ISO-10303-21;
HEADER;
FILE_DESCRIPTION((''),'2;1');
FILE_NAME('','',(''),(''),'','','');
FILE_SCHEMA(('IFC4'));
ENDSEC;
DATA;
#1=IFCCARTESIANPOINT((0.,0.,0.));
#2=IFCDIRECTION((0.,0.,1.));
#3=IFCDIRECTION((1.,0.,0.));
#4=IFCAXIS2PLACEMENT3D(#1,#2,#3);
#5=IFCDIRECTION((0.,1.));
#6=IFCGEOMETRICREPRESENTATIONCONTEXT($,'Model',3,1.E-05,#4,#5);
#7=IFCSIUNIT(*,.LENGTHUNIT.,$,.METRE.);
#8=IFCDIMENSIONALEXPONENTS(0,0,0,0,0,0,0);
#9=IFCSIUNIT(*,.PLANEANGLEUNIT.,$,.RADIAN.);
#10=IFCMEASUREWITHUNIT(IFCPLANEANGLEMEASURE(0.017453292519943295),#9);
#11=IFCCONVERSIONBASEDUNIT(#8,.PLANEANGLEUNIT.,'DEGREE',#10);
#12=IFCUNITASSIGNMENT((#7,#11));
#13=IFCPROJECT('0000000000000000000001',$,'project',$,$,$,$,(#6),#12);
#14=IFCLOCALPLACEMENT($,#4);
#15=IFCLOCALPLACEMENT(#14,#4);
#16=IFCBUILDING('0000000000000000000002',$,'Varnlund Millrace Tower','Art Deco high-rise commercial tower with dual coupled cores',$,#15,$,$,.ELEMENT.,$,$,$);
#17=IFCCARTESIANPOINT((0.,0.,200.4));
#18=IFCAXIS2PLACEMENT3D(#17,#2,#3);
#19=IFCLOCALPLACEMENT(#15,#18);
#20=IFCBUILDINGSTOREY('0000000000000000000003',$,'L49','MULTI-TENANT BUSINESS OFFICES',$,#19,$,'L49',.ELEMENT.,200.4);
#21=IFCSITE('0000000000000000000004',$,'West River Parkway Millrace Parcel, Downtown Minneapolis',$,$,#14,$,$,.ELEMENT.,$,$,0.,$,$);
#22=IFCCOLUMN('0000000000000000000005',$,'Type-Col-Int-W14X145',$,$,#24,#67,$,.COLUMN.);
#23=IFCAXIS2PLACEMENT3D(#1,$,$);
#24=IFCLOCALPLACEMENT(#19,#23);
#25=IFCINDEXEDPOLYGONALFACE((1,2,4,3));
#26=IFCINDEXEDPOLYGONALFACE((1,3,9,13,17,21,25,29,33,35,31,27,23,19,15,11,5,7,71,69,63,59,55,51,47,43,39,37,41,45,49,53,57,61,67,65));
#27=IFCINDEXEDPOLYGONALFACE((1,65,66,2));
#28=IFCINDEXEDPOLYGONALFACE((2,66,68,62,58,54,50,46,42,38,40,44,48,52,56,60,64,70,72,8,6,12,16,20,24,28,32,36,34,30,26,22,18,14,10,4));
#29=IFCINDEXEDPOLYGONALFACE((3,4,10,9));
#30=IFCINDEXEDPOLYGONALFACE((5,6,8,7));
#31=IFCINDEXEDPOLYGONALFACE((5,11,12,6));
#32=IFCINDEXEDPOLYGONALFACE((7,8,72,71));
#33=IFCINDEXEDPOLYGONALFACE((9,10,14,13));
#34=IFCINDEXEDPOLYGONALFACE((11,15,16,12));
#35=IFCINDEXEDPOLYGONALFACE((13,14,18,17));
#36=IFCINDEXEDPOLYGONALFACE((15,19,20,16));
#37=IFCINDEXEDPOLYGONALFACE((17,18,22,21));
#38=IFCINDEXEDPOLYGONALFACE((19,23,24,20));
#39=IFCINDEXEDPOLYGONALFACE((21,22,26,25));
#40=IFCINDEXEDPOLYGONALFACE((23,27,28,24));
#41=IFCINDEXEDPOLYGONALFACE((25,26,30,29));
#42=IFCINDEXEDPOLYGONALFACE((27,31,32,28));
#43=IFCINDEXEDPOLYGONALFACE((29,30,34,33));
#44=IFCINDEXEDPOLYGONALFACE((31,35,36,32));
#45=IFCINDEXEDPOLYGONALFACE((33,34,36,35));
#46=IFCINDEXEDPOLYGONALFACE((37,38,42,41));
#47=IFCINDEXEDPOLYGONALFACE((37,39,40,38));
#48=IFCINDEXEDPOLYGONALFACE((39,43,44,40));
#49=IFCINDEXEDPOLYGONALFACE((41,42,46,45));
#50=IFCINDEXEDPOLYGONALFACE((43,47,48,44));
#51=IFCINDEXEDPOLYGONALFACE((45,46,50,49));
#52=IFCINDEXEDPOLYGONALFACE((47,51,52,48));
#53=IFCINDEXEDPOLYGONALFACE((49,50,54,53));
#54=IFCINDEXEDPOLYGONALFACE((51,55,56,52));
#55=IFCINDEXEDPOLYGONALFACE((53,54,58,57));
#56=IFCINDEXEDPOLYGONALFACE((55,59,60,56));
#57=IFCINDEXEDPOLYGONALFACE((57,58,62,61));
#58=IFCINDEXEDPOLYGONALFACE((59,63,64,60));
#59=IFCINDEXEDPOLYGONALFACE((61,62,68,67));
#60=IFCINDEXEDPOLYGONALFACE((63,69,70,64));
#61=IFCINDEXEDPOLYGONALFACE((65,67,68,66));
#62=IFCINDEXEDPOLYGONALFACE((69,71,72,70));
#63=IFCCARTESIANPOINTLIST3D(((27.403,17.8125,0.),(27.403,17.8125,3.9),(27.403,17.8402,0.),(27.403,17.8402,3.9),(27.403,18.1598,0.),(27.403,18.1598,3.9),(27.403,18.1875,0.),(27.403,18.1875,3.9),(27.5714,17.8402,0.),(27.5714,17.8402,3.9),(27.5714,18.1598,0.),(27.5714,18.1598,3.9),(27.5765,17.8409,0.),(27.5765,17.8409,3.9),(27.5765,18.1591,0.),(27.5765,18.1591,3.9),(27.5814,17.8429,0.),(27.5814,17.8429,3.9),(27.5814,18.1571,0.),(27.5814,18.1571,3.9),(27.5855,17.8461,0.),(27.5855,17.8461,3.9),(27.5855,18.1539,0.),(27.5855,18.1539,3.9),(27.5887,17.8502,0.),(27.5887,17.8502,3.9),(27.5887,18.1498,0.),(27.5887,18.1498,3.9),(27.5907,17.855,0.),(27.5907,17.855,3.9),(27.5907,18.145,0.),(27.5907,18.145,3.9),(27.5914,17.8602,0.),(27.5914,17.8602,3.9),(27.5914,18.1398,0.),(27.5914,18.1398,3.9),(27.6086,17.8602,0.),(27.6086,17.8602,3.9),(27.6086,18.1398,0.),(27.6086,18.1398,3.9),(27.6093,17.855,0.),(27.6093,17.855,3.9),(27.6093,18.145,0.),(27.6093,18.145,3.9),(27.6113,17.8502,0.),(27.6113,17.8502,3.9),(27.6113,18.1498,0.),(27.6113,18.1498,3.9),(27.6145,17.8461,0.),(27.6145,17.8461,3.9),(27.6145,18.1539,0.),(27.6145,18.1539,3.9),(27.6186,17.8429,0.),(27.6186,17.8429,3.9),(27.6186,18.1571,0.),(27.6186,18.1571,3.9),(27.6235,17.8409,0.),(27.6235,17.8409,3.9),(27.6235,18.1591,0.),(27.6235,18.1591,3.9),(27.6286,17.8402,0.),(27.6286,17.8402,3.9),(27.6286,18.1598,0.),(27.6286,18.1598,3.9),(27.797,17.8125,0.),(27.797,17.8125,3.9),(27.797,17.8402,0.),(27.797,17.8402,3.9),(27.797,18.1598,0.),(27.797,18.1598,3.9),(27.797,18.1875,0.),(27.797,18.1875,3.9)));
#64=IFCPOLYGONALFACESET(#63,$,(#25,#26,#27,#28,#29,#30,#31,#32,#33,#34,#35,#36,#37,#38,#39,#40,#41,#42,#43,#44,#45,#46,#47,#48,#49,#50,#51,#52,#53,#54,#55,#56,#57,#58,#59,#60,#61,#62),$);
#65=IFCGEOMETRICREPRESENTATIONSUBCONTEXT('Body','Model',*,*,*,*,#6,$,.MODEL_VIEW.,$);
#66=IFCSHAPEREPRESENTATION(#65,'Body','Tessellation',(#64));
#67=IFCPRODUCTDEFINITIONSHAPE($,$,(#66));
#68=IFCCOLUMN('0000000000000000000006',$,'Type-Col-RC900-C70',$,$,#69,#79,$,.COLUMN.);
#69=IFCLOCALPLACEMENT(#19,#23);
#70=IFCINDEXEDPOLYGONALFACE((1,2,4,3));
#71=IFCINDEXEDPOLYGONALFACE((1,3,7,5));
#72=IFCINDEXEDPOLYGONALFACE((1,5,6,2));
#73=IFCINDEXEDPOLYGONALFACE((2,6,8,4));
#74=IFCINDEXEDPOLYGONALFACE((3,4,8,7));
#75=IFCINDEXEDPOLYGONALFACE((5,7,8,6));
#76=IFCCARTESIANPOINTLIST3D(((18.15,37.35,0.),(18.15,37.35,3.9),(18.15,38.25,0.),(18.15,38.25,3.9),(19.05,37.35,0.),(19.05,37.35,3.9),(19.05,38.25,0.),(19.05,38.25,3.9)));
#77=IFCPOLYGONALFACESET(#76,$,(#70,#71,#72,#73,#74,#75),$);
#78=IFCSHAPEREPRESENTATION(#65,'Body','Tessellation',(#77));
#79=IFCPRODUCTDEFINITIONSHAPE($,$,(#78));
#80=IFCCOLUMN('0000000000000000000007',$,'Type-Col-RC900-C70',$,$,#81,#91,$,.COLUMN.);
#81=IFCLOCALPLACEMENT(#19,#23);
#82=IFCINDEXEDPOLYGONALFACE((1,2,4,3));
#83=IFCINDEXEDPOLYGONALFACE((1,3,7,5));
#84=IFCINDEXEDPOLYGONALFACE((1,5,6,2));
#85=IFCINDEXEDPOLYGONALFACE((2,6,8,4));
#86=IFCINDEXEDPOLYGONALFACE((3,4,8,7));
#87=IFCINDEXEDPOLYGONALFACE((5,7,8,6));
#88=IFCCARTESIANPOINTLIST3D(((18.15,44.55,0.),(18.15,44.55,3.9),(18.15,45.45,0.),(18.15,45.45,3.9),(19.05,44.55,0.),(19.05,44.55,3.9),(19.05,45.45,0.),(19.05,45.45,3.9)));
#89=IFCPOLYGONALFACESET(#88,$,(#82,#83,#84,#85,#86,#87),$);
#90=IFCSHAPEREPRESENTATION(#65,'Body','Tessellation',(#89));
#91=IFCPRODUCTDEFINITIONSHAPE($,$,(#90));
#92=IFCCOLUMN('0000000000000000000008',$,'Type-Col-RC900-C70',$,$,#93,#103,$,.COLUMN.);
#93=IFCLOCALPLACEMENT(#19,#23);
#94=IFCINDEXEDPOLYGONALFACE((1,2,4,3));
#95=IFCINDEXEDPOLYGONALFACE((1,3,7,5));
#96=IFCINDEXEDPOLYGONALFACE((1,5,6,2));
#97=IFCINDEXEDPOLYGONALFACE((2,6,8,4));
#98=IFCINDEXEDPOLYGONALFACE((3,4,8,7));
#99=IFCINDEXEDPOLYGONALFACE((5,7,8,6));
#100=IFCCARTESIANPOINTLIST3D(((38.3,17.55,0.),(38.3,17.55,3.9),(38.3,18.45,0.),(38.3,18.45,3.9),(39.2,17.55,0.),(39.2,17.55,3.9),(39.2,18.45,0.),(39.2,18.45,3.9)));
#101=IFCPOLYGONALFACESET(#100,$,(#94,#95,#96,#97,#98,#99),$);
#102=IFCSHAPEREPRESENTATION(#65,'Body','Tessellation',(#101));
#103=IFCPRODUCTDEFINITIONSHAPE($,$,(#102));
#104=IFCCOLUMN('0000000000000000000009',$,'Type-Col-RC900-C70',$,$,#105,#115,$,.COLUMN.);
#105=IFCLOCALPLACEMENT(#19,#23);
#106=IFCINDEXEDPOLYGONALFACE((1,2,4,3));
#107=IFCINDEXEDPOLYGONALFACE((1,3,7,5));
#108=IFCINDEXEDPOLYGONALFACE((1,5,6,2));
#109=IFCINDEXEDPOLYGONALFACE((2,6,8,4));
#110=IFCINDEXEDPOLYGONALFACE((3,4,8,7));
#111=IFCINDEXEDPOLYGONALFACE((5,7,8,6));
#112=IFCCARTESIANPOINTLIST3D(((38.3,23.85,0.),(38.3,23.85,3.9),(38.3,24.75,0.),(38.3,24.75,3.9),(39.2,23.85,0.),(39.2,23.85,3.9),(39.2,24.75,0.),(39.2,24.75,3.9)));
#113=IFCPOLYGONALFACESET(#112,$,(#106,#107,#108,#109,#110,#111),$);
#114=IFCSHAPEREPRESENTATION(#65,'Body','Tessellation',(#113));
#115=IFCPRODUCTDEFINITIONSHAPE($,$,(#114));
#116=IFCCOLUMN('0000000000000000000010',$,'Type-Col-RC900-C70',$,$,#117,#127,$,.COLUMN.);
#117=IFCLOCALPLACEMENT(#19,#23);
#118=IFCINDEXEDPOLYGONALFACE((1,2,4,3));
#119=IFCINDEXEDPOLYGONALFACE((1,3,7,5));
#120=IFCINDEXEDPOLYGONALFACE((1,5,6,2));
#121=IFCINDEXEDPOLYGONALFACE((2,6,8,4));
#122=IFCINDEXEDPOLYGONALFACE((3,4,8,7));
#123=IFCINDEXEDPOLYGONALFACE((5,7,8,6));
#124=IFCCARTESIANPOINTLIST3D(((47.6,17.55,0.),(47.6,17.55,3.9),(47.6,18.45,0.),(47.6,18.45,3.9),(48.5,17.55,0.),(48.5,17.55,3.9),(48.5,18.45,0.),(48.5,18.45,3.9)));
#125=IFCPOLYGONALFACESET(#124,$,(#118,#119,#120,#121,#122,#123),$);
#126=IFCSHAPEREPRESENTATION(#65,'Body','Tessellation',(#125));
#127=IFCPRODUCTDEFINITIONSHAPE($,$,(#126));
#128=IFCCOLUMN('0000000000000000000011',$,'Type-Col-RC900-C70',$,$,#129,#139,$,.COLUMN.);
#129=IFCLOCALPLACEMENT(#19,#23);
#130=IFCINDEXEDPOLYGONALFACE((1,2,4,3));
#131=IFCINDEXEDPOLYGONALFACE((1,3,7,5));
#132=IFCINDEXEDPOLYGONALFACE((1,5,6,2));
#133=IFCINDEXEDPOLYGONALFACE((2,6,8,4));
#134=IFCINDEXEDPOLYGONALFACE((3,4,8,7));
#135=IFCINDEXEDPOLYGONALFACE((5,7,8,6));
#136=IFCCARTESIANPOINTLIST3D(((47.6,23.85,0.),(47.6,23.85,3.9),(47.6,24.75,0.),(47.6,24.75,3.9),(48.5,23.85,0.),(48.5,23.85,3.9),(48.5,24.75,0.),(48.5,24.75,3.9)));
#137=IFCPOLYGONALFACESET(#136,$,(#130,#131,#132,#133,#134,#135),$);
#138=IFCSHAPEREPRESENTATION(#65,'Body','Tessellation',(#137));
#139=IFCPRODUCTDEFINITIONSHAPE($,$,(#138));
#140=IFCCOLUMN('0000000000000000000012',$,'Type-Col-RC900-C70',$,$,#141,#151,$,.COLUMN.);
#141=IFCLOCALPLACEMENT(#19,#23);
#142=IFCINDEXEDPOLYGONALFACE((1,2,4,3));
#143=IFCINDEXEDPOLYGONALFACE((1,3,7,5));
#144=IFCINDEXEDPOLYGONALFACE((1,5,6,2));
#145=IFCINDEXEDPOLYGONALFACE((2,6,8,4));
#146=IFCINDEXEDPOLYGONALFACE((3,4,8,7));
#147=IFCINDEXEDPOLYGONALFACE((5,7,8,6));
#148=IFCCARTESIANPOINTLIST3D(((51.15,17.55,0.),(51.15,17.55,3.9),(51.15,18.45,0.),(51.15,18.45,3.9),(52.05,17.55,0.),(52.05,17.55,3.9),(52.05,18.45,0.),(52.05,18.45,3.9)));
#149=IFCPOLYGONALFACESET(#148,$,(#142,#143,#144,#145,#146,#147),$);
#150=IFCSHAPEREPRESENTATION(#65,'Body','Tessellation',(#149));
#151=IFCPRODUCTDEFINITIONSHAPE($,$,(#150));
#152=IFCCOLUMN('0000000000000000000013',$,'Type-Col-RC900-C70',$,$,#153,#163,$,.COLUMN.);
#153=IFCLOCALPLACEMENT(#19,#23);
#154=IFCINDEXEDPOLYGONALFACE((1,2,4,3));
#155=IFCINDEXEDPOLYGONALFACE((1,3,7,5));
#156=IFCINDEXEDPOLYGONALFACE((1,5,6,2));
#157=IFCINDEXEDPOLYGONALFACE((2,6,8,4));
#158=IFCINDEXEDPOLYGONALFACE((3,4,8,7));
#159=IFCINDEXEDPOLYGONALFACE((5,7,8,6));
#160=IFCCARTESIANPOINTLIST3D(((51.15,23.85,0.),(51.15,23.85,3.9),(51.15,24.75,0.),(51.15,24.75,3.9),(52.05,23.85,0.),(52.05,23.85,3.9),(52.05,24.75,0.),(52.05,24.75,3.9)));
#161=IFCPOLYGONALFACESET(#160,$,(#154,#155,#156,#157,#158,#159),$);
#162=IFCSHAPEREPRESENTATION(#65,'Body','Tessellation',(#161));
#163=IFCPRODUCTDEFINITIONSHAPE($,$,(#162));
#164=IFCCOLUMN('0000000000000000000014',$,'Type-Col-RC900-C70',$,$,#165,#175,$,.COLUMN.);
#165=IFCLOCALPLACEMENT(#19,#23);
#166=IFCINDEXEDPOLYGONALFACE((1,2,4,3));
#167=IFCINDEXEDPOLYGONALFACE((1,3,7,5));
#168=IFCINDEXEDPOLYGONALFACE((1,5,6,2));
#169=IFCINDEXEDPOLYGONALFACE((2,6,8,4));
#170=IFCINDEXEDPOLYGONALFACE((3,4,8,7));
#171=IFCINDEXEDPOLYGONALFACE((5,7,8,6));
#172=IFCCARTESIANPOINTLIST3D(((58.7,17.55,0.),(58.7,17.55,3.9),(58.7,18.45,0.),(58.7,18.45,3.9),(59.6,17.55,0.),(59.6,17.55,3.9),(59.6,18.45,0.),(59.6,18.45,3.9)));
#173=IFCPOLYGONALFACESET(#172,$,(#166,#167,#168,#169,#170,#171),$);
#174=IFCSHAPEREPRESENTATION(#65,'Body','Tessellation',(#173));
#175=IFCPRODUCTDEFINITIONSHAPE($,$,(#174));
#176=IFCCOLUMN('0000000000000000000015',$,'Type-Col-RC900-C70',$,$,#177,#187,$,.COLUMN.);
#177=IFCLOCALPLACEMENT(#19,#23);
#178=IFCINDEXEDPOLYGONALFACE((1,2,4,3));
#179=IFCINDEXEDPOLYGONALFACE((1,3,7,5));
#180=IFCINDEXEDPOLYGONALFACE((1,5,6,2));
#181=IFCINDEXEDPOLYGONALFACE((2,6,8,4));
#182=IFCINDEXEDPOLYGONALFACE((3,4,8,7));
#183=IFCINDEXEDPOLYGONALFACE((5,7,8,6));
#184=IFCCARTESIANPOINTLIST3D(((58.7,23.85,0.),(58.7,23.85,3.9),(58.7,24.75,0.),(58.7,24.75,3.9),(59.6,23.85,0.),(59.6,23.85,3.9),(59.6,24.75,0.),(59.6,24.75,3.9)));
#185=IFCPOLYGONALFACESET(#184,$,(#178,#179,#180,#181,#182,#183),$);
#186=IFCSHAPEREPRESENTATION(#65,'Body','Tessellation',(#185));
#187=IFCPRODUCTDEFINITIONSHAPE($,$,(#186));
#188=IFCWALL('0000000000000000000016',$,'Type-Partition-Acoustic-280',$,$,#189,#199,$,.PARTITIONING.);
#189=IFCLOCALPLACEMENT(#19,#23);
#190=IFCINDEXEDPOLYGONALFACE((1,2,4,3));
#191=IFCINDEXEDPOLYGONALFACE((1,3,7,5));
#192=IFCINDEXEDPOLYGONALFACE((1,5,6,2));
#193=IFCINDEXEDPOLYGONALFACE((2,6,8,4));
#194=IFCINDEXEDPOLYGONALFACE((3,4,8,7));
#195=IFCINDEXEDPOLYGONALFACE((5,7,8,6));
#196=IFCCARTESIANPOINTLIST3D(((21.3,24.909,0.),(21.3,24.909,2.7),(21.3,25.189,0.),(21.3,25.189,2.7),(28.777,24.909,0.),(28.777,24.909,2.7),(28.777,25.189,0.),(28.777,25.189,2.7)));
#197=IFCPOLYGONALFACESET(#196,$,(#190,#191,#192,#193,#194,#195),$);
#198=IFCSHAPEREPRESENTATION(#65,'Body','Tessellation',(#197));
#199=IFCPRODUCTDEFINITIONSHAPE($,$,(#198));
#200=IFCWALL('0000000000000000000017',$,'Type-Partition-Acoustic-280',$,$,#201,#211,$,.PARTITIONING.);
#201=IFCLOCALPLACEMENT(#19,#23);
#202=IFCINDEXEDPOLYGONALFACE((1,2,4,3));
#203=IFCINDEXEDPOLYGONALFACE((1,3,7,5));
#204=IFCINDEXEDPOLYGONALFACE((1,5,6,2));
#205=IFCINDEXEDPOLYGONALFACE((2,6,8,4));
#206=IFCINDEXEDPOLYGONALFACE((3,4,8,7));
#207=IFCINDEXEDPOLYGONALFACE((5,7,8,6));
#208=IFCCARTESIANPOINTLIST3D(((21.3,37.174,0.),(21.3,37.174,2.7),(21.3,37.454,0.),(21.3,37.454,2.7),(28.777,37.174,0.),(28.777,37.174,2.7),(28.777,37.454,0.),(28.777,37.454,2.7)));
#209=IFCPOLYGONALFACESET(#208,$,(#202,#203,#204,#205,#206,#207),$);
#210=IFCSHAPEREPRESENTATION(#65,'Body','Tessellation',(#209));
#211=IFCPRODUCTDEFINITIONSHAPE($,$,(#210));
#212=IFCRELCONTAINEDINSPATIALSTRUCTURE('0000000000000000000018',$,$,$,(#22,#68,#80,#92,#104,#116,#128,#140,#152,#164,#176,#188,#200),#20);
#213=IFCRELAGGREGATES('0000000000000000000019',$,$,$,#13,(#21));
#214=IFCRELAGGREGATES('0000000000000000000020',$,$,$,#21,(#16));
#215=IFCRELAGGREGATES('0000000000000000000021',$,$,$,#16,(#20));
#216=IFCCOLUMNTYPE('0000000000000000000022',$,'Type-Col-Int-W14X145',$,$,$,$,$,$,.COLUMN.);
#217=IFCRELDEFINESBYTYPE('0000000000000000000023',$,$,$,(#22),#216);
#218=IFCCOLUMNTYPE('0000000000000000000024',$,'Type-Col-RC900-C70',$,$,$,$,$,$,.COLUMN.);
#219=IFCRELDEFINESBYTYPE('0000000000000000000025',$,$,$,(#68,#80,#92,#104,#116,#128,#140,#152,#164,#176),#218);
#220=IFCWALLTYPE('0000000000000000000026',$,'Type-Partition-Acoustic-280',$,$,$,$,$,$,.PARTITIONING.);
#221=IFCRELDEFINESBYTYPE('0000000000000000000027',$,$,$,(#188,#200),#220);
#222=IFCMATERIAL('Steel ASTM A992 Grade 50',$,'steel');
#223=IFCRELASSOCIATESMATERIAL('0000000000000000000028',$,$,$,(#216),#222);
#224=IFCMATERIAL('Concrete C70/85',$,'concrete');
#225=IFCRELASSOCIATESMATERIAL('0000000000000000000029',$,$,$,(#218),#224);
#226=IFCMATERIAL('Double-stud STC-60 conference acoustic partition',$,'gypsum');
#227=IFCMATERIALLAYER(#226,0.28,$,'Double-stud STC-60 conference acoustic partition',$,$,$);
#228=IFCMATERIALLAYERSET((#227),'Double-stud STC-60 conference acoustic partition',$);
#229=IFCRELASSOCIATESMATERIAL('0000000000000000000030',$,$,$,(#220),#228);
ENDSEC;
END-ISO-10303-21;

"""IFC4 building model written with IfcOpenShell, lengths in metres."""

from ifc_helpers import new_model, entity, si_unit, converted_unit, direction, frame, origin_with_axes, origin_2d_with_axis, place, context, subcontext, project, spatial, polyline, rectangle, i_section, outline, extrude, material, layer, layer_set, material_profile, profile_set, type_object, element, save


model = new_model("IFC4")

# Units and contexts
model_context = context("Model", 3, precision=1e-05, world=origin_with_axes(), true_north=direction((0.0, 1.0)))
body_context = subcontext(model_context, "Body", "Model", "MODEL_VIEW")
ifc_project = project(units=[si_unit("LENGTHUNIT", "METRE"), converted_unit("PLANEANGLEUNIT", "DEGREE", entity("IfcPlaneAngleMeasure", 0.017453292519943295), si_unit("PLANEANGLEUNIT", "RADIAN"), dimensions=[0, 0, 0, 0, 0, 0, 0])], contexts=[model_context])

# Site, building, storey
site_placement = place(None, origin_with_axes())
site = spatial("IfcSite", under=ifc_project, at=site_placement, Name="West River Parkway Millrace Parcel, Downtown Minneapolis", CompositionType="ELEMENT", RefElevation=0.0)
building_placement = place(site_placement, origin_with_axes())
building = spatial("IfcBuilding", under=site, at=building_placement, Name="Varnlund Millrace Tower", Description="Art Deco high-rise commercial tower with dual coupled cores", CompositionType="ELEMENT")
storey_placement = place(building_placement, frame((0.0, 0.0, 200.4), z_axis=(0.0, 0.0, 1.0), x_axis=(1.0, 0.0, 0.0)))
storey = spatial("IfcBuildingStorey", under=building, at=storey_placement, Name="L49", Description="MULTI-TENANT BUSINESS OFFICES", LongName="L49", CompositionType="ELEMENT", Elevation=200.4)

# Columns
ifc_material_1 = material(Name="Steel ASTM A992 Grade 50", Category="steel")
ifc_material_profile_1 = material_profile(ifc_material_1, i_section(OverallWidth=0.394, OverallDepth=0.375, WebThickness=0.0173, FlangeThickness=0.0277, FilletRadius=0.02, at=origin_2d_with_axis()), Name="Steel ASTM A992 Grade 50")
ifc_profile_set_1 = profile_set([ifc_material_profile_1], Name="Steel ASTM A992 Grade 50")
column_type_1 = type_object("IfcColumnType", Name="Type-Col-Int-W14X145", PredefinedType="COLUMN", material=ifc_profile_set_1)
column_placement = place(storey_placement, frame((27.6, 18.0, 0.0), z_axis=(0.0, 0.0, 1.0), x_axis=(1.0, 0.0, 0.0)))
element("IfcColumn", 1, at=column_placement, inside=storey, type_object=column_type_1, Name="Type-Col-Int-W14X145", PredefinedType="COLUMN", context=body_context, shape_type="SweptSolid", body=[
    extrude(i_section(OverallWidth=0.394, OverallDepth=0.375, WebThickness=0.0173, FlangeThickness=0.0277, FilletRadius=0.02, at=origin_2d_with_axis()), origin_with_axes(), (0.0, 0.0, 1.0), 3.9),
])
ifc_material_2 = material(Name="Concrete C70/85", Category="concrete")
ifc_material_profile_2 = material_profile(ifc_material_2, rectangle(XDim=0.9, YDim=0.9, at=origin_2d_with_axis()), Name="Concrete C70/85")
ifc_profile_set_2 = profile_set([ifc_material_profile_2], Name="Concrete C70/85")
column_type_2 = type_object("IfcColumnType", Name="Type-Col-RC900-C70", PredefinedType="COLUMN", material=ifc_profile_set_2)
for number, where, z_axis, x_axis, name in (
    (2, (18.6, 37.8, 0.0), (0.0, 0.0, 1.0), (1.0, 0.0, 0.0), "Type-Col-RC900-C70"),
    (3, (18.6, 45.0, 0.0), (0.0, 0.0, 1.0), (1.0, 0.0, 0.0), "Type-Col-RC900-C70"),
    (4, (38.75, 18.0, 0.0), (0.0, 0.0, 1.0), (1.0, 0.0, 0.0), "Type-Col-RC900-C70"),
    (5, (38.75, 24.3, 0.0), (0.0, 0.0, 1.0), (1.0, 0.0, 0.0), "Type-Col-RC900-C70"),
    (6, (48.05, 18.0, 0.0), (0.0, 0.0, 1.0), (1.0, 0.0, 0.0), "Type-Col-RC900-C70"),
    (7, (48.05, 24.3, 0.0), (0.0, 0.0, 1.0), (1.0, 0.0, 0.0), "Type-Col-RC900-C70"),
    (8, (51.6, 18.0, 0.0), (0.0, 0.0, 1.0), (1.0, 0.0, 0.0), "Type-Col-RC900-C70"),
    (9, (51.6, 24.3, 0.0), (0.0, 0.0, 1.0), (1.0, 0.0, 0.0), "Type-Col-RC900-C70"),
    (10, (59.15, 18.0, 0.0), (0.0, 0.0, 1.0), (1.0, 0.0, 0.0), "Type-Col-RC900-C70"),
    (11, (59.15, 24.3, 0.0), (0.0, 0.0, 1.0), (1.0, 0.0, 0.0), "Type-Col-RC900-C70"),
):
    element("IfcColumn", number, at=place(storey_placement, frame(where, z_axis=z_axis, x_axis=x_axis)), inside=storey, type_object=column_type_2, Name=name, PredefinedType="COLUMN", context=body_context, shape_type="SweptSolid", body=[
        extrude(rectangle(XDim=0.9, YDim=0.9, at=origin_2d_with_axis()), origin_with_axes(), (0.0, 0.0, 1.0), 3.9),
    ])

# Walls
ifc_material_3 = material(Name="Double-stud STC-60 conference acoustic partition", Category="gypsum")
ifc_layer_1 = layer(ifc_material_3, 0.28, Name="Double-stud STC-60 conference acoustic partition")
ifc_layer_set_1 = layer_set([ifc_layer_1], Name="Double-stud STC-60 conference acoustic partition")
wall_type_1 = type_object("IfcWallType", Name="Type-Partition-Acoustic-280", PredefinedType="PARTITIONING", material=ifc_layer_set_1)
for number, where, z_axis, x_axis, name in (
    (12, (21.3, 25.049, 0.0), (0.0, 0.0, 1.0), (1.0, 0.0, 0.0), "Type-Partition-Acoustic-280"),
    (13, (21.3, 37.314, 0.0), (0.0, 0.0, 1.0), (1.0, 0.0, 0.0), "Type-Partition-Acoustic-280"),
):
    element("IfcWall", number, at=place(storey_placement, frame(where, z_axis=z_axis, x_axis=x_axis)), inside=storey, type_object=wall_type_1, Name=name, PredefinedType="PARTITIONING", context=body_context, shape_type="SweptSolid", body=[
        extrude(outline(polyline([(0.0, -0.14), (7.477, -0.14), (7.477, 0.14), (0.0, 0.14), (0.0, -0.14)])), origin_with_axes(), (0.0, 0.0, 1.0), 2.7),
    ])

save(model, "model.ifc")
